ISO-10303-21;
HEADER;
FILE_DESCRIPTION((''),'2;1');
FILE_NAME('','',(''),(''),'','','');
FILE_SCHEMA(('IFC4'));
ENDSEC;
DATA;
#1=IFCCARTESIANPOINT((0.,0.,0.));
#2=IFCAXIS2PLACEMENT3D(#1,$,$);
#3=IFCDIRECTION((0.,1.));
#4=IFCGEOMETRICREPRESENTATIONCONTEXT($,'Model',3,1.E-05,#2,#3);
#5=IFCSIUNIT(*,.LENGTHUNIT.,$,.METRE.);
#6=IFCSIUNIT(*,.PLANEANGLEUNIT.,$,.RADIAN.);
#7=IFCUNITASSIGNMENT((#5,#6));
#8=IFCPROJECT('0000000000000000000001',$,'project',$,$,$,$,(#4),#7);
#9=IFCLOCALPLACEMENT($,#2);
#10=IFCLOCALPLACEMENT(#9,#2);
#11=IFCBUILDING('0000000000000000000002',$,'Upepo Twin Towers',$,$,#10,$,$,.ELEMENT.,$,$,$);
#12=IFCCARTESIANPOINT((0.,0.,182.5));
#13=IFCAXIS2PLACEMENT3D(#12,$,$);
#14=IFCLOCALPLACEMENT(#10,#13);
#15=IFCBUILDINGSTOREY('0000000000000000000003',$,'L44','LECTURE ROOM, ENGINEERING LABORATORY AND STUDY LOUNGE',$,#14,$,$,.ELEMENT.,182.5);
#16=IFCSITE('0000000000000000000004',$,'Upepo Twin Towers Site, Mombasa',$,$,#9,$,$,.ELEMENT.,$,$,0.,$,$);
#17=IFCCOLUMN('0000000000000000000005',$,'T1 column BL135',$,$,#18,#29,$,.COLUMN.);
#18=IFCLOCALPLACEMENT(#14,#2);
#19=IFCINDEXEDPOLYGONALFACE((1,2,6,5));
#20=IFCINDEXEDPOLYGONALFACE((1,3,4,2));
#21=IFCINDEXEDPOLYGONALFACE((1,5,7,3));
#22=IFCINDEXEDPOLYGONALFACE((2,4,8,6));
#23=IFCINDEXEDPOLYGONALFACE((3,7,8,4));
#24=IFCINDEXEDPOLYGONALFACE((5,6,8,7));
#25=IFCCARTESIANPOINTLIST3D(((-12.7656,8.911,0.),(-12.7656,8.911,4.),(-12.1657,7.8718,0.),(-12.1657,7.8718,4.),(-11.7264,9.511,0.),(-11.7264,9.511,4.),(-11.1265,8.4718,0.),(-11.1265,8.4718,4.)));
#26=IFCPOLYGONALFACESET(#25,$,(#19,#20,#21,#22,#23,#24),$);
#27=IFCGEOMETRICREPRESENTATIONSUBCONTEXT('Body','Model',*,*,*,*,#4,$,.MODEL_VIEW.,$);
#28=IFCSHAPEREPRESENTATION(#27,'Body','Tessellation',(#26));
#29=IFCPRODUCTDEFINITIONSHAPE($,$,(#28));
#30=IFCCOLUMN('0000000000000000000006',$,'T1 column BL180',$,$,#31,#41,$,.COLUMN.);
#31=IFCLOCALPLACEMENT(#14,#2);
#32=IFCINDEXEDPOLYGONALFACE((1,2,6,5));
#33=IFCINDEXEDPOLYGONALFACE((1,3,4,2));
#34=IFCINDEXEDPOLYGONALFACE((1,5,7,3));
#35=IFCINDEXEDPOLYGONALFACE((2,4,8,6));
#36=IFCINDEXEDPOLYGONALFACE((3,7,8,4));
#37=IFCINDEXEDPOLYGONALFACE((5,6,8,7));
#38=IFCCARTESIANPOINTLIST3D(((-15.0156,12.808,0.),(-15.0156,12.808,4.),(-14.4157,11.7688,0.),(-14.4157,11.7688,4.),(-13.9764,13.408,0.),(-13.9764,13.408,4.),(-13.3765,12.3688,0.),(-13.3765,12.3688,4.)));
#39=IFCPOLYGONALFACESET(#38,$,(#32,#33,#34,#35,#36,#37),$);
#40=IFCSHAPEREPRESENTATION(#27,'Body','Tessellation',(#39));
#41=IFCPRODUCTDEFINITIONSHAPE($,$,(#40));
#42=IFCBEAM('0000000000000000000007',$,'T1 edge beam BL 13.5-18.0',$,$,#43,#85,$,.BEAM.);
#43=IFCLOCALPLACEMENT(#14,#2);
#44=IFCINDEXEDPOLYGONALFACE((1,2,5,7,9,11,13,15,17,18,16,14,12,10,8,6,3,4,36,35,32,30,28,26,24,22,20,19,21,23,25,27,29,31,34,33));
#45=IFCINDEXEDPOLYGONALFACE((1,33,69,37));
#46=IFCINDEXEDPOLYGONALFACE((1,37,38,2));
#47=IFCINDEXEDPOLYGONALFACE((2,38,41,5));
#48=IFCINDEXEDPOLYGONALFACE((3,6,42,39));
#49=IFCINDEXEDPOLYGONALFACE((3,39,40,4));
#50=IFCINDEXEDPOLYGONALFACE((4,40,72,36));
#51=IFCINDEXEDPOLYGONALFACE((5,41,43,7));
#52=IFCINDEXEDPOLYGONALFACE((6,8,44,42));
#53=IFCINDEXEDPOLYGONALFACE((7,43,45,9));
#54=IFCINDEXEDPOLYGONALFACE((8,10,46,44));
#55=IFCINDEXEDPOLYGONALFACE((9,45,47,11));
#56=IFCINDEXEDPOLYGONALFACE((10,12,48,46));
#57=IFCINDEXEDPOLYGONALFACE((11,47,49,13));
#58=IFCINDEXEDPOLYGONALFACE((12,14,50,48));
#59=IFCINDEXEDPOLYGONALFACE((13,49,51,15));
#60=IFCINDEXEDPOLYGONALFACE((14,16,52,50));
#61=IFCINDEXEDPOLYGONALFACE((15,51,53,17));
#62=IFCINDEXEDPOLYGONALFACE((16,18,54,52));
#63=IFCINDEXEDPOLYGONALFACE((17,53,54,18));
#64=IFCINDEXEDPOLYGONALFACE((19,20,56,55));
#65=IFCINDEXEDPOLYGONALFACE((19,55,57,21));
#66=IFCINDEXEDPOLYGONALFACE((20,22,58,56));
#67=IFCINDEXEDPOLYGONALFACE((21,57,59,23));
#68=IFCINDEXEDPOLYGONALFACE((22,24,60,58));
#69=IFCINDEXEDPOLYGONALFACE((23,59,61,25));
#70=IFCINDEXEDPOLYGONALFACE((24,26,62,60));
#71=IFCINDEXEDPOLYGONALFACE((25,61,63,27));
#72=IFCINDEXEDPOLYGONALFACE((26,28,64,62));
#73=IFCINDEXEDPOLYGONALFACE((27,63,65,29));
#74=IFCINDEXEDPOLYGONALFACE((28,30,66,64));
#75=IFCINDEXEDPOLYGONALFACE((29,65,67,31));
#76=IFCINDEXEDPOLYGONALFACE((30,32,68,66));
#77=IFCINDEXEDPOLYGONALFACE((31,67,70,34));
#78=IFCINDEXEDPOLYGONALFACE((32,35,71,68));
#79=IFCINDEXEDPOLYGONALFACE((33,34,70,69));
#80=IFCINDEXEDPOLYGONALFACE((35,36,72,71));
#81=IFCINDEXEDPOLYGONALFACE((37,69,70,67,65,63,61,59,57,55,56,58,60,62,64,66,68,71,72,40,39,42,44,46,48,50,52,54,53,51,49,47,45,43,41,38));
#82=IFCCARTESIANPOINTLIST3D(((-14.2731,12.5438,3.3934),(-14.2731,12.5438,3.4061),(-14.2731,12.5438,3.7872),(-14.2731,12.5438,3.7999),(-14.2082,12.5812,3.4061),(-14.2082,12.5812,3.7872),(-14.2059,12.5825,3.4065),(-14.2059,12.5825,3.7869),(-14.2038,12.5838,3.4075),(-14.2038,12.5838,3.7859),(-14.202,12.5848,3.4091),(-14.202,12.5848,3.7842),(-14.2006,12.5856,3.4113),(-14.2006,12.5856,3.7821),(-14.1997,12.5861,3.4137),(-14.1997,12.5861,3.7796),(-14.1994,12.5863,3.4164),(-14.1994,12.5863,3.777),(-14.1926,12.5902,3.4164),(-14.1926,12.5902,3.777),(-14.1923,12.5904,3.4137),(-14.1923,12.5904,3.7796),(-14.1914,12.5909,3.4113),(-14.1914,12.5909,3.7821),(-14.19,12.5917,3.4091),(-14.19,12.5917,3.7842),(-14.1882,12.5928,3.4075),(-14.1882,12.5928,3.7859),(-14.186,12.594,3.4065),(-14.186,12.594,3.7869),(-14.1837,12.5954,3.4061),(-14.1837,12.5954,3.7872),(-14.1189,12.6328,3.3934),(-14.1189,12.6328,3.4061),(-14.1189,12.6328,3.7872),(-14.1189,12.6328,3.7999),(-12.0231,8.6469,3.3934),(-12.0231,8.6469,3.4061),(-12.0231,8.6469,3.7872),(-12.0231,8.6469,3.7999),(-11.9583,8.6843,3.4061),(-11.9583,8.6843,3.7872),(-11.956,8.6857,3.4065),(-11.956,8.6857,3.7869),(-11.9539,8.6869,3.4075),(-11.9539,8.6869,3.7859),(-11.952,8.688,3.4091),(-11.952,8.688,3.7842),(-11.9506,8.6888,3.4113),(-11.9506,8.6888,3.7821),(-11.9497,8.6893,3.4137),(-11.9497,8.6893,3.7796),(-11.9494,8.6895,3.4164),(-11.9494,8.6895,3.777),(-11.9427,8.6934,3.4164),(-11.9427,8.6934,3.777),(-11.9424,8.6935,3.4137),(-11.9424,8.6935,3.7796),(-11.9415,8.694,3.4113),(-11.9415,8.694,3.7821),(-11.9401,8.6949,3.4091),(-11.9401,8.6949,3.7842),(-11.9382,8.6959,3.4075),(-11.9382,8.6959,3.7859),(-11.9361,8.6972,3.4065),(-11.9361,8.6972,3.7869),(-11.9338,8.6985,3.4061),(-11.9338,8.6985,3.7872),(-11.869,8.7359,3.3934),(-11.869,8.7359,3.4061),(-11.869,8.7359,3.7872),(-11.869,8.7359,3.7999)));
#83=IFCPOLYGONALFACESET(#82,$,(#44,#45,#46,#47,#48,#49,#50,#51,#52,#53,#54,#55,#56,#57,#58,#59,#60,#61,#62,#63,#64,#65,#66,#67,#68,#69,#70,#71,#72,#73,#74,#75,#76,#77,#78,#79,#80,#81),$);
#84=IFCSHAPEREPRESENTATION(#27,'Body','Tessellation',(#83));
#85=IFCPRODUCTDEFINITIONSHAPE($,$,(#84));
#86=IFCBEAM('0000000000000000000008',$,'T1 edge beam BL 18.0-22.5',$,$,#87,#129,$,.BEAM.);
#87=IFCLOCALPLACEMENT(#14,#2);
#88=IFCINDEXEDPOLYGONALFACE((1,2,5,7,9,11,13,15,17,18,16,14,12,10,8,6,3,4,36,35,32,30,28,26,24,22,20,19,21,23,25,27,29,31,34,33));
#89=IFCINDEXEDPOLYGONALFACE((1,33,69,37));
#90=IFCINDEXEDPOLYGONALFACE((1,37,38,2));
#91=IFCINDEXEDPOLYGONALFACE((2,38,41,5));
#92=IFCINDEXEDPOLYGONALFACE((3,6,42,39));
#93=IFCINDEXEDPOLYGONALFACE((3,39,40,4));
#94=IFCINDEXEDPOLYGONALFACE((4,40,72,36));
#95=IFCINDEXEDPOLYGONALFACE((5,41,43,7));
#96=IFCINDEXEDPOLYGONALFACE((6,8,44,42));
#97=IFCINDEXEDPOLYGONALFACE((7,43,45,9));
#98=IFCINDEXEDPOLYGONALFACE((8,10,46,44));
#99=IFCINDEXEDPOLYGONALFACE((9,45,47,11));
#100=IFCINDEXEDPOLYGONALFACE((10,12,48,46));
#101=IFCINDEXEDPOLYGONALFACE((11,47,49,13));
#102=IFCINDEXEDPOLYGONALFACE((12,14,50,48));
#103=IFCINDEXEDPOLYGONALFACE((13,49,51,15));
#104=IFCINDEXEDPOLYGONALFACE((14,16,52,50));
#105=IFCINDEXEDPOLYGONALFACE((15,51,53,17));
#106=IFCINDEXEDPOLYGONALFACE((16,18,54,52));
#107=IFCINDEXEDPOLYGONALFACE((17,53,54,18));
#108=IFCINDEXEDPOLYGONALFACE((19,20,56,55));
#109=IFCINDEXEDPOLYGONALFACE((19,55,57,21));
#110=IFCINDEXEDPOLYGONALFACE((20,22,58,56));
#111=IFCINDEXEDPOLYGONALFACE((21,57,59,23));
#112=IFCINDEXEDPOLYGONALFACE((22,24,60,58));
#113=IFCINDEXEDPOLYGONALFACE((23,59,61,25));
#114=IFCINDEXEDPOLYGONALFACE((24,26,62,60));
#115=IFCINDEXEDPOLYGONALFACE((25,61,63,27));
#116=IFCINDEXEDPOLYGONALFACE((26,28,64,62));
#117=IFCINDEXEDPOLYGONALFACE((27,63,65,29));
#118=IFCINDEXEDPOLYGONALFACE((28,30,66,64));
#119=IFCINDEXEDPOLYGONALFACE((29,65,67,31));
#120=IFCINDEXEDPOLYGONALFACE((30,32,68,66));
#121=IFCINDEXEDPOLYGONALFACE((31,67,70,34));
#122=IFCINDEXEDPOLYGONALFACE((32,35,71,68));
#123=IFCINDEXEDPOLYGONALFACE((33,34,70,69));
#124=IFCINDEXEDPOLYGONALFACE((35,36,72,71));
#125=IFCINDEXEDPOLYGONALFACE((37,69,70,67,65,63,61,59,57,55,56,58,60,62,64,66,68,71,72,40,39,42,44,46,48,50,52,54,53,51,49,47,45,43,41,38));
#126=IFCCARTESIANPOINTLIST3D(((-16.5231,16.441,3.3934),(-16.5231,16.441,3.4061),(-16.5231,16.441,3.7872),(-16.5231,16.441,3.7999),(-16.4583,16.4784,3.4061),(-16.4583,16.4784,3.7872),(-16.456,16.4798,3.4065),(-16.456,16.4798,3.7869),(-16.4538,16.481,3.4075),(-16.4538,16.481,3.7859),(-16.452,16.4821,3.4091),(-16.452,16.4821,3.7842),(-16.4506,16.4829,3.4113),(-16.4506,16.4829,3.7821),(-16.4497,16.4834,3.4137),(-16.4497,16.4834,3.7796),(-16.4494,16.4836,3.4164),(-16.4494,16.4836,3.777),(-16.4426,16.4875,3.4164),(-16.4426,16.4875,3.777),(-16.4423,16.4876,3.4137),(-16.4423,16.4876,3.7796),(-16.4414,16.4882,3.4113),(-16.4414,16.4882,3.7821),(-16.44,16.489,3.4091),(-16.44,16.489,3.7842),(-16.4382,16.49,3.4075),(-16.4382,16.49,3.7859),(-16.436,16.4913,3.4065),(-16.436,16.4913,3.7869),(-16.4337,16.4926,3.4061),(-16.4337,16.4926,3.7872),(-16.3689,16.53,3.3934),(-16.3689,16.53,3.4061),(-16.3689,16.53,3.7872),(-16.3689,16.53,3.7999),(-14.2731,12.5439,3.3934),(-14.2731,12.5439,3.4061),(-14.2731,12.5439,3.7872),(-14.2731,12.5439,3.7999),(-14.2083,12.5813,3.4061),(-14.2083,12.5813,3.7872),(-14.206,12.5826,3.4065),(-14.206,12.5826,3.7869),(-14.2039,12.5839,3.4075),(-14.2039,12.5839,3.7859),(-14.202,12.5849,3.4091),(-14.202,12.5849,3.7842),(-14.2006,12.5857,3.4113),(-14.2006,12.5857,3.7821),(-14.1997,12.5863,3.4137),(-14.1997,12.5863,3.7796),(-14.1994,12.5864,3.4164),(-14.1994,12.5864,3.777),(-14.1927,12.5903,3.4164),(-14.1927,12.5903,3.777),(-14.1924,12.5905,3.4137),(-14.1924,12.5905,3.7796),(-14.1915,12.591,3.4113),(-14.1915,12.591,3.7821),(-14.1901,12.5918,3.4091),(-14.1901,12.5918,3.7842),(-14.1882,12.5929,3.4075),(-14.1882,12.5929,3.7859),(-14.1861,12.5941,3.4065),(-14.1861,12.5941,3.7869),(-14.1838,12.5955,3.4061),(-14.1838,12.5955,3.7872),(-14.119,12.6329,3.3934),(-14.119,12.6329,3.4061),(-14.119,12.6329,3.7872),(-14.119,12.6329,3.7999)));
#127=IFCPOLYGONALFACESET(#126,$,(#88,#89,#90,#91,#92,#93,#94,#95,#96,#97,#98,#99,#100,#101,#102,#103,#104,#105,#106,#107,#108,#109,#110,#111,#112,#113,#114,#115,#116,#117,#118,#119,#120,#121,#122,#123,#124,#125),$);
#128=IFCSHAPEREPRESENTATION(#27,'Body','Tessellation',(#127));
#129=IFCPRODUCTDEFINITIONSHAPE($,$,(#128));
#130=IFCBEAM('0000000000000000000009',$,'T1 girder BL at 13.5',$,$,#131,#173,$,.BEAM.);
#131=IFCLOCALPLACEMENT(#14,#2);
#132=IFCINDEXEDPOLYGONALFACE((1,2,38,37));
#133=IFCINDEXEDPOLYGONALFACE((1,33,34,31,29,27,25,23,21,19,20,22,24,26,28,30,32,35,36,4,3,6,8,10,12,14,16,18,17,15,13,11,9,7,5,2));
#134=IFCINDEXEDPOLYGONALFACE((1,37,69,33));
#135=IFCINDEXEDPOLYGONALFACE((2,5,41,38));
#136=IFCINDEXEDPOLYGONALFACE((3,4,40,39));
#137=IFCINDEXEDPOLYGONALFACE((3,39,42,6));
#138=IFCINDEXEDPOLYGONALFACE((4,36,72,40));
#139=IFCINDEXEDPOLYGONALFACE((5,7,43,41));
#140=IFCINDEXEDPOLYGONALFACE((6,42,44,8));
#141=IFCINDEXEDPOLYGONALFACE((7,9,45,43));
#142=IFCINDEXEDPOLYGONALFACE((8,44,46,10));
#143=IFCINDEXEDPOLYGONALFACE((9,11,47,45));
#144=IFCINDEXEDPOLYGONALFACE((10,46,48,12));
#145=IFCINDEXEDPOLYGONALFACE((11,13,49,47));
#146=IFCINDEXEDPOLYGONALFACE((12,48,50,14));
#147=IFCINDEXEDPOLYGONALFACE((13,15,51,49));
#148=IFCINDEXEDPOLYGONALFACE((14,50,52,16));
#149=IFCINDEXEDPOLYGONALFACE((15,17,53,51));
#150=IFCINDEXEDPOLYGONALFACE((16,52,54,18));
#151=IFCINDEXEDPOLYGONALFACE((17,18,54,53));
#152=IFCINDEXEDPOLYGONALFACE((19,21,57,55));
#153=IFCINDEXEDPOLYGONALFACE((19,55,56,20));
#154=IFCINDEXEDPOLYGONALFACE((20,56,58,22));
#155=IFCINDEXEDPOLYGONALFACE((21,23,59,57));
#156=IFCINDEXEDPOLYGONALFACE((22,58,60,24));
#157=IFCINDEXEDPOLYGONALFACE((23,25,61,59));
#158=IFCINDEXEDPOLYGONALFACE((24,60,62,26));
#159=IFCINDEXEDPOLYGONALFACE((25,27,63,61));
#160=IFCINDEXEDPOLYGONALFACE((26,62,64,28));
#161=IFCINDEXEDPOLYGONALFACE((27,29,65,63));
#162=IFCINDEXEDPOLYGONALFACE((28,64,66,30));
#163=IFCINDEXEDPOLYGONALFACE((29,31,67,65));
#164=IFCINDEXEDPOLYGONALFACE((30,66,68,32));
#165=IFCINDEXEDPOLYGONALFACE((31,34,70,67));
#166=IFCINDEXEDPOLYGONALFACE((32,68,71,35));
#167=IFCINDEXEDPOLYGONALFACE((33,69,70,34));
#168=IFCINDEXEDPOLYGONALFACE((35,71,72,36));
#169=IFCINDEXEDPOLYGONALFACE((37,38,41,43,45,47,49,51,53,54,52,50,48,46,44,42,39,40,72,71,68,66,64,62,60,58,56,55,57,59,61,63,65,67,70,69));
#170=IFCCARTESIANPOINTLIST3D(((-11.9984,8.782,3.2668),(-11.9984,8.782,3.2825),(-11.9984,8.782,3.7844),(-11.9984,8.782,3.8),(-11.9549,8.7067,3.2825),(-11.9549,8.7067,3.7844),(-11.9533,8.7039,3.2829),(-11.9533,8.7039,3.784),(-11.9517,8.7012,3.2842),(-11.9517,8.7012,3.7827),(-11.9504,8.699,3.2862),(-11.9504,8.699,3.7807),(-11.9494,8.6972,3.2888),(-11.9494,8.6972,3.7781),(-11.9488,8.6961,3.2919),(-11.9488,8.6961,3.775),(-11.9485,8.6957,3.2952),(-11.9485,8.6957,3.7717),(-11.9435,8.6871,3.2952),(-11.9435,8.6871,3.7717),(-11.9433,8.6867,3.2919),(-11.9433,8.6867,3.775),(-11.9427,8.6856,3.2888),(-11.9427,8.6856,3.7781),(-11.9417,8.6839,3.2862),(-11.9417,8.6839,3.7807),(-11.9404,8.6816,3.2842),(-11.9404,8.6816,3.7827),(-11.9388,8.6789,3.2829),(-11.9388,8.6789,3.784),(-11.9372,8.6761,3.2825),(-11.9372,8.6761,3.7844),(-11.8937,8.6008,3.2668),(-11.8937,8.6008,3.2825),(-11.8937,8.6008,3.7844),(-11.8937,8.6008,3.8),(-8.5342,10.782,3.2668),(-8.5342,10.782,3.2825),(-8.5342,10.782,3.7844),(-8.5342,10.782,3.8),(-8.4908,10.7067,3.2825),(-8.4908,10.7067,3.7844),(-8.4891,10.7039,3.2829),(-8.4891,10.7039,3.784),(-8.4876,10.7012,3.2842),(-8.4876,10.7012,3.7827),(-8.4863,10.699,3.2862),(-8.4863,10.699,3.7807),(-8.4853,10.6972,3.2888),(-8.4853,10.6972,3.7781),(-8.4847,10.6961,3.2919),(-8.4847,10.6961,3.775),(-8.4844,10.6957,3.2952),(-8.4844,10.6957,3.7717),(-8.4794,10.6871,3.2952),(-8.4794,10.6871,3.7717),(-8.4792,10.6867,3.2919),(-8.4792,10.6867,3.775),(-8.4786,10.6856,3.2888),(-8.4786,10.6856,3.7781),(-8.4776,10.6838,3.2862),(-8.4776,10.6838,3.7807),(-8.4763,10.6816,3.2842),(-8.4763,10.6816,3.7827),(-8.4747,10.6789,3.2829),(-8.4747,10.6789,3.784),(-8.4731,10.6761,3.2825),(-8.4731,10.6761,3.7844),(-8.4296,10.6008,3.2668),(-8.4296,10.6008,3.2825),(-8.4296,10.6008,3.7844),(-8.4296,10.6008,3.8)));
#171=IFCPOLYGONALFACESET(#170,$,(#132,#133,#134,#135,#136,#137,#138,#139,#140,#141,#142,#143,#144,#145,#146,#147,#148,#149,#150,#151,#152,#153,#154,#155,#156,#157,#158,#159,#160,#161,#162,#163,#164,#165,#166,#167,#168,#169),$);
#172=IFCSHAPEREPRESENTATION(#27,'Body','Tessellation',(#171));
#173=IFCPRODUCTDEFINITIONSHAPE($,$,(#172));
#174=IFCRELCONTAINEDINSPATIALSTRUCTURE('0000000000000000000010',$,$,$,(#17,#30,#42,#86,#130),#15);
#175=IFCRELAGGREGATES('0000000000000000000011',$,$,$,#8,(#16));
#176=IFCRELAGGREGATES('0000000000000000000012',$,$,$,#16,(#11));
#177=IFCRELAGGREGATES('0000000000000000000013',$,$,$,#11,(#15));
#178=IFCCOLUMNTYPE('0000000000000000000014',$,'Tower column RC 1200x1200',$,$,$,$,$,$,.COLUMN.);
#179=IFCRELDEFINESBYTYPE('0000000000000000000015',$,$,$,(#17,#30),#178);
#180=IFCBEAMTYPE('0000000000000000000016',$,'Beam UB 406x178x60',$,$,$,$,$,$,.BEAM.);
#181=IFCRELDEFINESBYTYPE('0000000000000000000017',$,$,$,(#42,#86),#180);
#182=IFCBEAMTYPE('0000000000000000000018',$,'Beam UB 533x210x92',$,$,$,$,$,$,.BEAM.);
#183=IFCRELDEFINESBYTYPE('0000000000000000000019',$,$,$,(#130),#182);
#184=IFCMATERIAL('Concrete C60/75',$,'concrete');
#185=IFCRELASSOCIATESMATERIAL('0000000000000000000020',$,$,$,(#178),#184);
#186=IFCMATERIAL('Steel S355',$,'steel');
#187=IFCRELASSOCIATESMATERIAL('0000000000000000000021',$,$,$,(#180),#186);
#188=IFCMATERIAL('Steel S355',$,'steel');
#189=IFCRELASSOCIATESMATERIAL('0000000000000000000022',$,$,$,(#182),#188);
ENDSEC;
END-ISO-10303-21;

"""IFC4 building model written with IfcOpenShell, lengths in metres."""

from ifc_helpers import new_model, si_unit, direction, frame, origin, origin_2d, place, context, subcontext, project, spatial, rectangle, i_section, extrude, material, material_profile, profile_set, type_object, element, save


model = new_model("IFC4")

# Units and contexts
model_context = context("Model", 3, precision=1e-05, world=origin(), true_north=direction((0.0, 1.0)))
body_context = subcontext(model_context, "Body", "Model", "MODEL_VIEW")
ifc_project = project(units=[si_unit("LENGTHUNIT", "METRE"), si_unit("PLANEANGLEUNIT", "RADIAN")], contexts=[model_context])

# Site, building, storey
site_placement = place(None, origin())
site = spatial("IfcSite", under=ifc_project, at=site_placement, Name="Upepo Twin Towers Site, Mombasa", CompositionType="ELEMENT", RefElevation=0.0)
building_placement = place(site_placement, origin())
building = spatial("IfcBuilding", under=site, at=building_placement, Name="Upepo Twin Towers", CompositionType="ELEMENT")
storey_placement = place(building_placement, frame((0.0, 0.0, 182.5)))
storey = spatial("IfcBuildingStorey", under=building, at=storey_placement, Name="L44", Description="LECTURE ROOM, ENGINEERING LABORATORY AND STUDY LOUNGE", CompositionType="ELEMENT", Elevation=182.5)

# Columns
ifc_material_1 = material(Name="Concrete C60/75", Category="concrete")
ifc_material_profile_1 = material_profile(ifc_material_1, rectangle(XDim=1.2, YDim=1.2, at=origin_2d()), Name="RC 1200x1200")
ifc_profile_set_1 = profile_set([ifc_material_profile_1], Name="Concrete C60/75")
column_type = type_object("IfcColumnType", Name="Tower column RC 1200x1200", PredefinedType="COLUMN", material=ifc_profile_set_1)
for number, where, z_axis, x_axis, name in (
    (1, (-11.946, 8.6914, 0.0), (0.0, 0.0, 1.0), (0.866025, 0.5, 0.0), "T1 column BL135"),
    (2, (-14.196, 12.5884, 0.0), (0.0, 0.0, 1.0), (0.866025, 0.5, 0.0), "T1 column BL180"),
):
    element("IfcColumn", number, at=place(storey_placement, frame(where, z_axis=z_axis, x_axis=x_axis)), inside=storey, type_object=column_type, Name=name, PredefinedType="COLUMN", context=body_context, shape_type="SweptSolid", body=[
        extrude(rectangle(XDim=1.2, YDim=1.2, at=origin_2d()), origin(), (0.0, 0.0, 1.0), 4.0),
    ])

# Beams
ifc_material_2 = material(Name="Steel S355", Category="steel")
ifc_material_profile_2 = material_profile(ifc_material_2, i_section(OverallWidth=0.178, OverallDepth=0.4065, WebThickness=0.0078, FlangeThickness=0.0127, FilletRadius=0.0103, at=origin_2d()), Name="UB 406x178x60")
ifc_profile_set_2 = profile_set([ifc_material_profile_2], Name="Steel S355")
beam_type_1 = type_object("IfcBeamType", Name="Beam UB 406x178x60", PredefinedType="BEAM", material=ifc_profile_set_2)
beam_1_placement = place(storey_placement, frame((-11.946, 8.6914, 3.5967), z_axis=(-0.500014, 0.866018, 0.0), x_axis=(-0.866018, -0.500014, 0.0)))
element("IfcBeam", 3, at=beam_1_placement, inside=storey, type_object=beam_type_1, Name="T1 edge beam BL 13.5-18.0", PredefinedType="BEAM", context=body_context, shape_type="SweptSolid", body=[
    extrude(i_section(OverallWidth=0.178, OverallDepth=0.4065, WebThickness=0.0078, FlangeThickness=0.0127, FilletRadius=0.0103, at=origin_2d()), origin(), (0.0, 0.0, 1.0), 4.4998),
])
beam_2_placement = place(storey_placement, frame((-14.196, 12.5884, 3.5967), z_axis=(-0.49999, 0.866031, 0.0), x_axis=(-0.866031, -0.49999, 0.0)))
element("IfcBeam", 4, at=beam_2_placement, inside=storey, type_object=beam_type_1, Name="T1 edge beam BL 18.0-22.5", PredefinedType="BEAM", context=body_context, shape_type="SweptSolid", body=[
    extrude(i_section(OverallWidth=0.178, OverallDepth=0.4065, WebThickness=0.0078, FlangeThickness=0.0127, FilletRadius=0.0103, at=origin_2d()), origin(), (0.0, 0.0, 1.0), 4.5),
])
ifc_material_3 = material(Name="Steel S355", Category="steel")
ifc_material_profile_3 = material_profile(ifc_material_3, i_section(OverallWidth=0.2092, OverallDepth=0.5332, WebThickness=0.01, FlangeThickness=0.0156, FilletRadius=0.0127, at=origin_2d()), Name="UB 533x210x92")
ifc_profile_set_3 = profile_set([ifc_material_profile_3], Name="Steel S355")
beam_type_2 = type_object("IfcBeamType", Name="Beam UB 533x210x92", PredefinedType="BEAM", material=ifc_profile_set_3)
for number, where, z_axis, x_axis, name in (
    (5, (-11.946, 8.6914, 3.5334), (0.866026, 0.499999, 0.0), (-0.499999, 0.866026, 0.0), "T1 girder BL at 13.5"),
):
    element("IfcBeam", number, at=place(storey_placement, frame(where, z_axis=z_axis, x_axis=x_axis)), inside=storey, type_object=beam_type_2, Name=name, PredefinedType="BEAM", context=body_context, shape_type="SweptSolid", body=[
        extrude(i_section(OverallWidth=0.2092, OverallDepth=0.5332, WebThickness=0.01, FlangeThickness=0.0156, FilletRadius=0.0127, at=origin_2d()), origin(), (0.0, 0.0, 1.0), 4.0),
    ])

save(model, "model.ifc")
